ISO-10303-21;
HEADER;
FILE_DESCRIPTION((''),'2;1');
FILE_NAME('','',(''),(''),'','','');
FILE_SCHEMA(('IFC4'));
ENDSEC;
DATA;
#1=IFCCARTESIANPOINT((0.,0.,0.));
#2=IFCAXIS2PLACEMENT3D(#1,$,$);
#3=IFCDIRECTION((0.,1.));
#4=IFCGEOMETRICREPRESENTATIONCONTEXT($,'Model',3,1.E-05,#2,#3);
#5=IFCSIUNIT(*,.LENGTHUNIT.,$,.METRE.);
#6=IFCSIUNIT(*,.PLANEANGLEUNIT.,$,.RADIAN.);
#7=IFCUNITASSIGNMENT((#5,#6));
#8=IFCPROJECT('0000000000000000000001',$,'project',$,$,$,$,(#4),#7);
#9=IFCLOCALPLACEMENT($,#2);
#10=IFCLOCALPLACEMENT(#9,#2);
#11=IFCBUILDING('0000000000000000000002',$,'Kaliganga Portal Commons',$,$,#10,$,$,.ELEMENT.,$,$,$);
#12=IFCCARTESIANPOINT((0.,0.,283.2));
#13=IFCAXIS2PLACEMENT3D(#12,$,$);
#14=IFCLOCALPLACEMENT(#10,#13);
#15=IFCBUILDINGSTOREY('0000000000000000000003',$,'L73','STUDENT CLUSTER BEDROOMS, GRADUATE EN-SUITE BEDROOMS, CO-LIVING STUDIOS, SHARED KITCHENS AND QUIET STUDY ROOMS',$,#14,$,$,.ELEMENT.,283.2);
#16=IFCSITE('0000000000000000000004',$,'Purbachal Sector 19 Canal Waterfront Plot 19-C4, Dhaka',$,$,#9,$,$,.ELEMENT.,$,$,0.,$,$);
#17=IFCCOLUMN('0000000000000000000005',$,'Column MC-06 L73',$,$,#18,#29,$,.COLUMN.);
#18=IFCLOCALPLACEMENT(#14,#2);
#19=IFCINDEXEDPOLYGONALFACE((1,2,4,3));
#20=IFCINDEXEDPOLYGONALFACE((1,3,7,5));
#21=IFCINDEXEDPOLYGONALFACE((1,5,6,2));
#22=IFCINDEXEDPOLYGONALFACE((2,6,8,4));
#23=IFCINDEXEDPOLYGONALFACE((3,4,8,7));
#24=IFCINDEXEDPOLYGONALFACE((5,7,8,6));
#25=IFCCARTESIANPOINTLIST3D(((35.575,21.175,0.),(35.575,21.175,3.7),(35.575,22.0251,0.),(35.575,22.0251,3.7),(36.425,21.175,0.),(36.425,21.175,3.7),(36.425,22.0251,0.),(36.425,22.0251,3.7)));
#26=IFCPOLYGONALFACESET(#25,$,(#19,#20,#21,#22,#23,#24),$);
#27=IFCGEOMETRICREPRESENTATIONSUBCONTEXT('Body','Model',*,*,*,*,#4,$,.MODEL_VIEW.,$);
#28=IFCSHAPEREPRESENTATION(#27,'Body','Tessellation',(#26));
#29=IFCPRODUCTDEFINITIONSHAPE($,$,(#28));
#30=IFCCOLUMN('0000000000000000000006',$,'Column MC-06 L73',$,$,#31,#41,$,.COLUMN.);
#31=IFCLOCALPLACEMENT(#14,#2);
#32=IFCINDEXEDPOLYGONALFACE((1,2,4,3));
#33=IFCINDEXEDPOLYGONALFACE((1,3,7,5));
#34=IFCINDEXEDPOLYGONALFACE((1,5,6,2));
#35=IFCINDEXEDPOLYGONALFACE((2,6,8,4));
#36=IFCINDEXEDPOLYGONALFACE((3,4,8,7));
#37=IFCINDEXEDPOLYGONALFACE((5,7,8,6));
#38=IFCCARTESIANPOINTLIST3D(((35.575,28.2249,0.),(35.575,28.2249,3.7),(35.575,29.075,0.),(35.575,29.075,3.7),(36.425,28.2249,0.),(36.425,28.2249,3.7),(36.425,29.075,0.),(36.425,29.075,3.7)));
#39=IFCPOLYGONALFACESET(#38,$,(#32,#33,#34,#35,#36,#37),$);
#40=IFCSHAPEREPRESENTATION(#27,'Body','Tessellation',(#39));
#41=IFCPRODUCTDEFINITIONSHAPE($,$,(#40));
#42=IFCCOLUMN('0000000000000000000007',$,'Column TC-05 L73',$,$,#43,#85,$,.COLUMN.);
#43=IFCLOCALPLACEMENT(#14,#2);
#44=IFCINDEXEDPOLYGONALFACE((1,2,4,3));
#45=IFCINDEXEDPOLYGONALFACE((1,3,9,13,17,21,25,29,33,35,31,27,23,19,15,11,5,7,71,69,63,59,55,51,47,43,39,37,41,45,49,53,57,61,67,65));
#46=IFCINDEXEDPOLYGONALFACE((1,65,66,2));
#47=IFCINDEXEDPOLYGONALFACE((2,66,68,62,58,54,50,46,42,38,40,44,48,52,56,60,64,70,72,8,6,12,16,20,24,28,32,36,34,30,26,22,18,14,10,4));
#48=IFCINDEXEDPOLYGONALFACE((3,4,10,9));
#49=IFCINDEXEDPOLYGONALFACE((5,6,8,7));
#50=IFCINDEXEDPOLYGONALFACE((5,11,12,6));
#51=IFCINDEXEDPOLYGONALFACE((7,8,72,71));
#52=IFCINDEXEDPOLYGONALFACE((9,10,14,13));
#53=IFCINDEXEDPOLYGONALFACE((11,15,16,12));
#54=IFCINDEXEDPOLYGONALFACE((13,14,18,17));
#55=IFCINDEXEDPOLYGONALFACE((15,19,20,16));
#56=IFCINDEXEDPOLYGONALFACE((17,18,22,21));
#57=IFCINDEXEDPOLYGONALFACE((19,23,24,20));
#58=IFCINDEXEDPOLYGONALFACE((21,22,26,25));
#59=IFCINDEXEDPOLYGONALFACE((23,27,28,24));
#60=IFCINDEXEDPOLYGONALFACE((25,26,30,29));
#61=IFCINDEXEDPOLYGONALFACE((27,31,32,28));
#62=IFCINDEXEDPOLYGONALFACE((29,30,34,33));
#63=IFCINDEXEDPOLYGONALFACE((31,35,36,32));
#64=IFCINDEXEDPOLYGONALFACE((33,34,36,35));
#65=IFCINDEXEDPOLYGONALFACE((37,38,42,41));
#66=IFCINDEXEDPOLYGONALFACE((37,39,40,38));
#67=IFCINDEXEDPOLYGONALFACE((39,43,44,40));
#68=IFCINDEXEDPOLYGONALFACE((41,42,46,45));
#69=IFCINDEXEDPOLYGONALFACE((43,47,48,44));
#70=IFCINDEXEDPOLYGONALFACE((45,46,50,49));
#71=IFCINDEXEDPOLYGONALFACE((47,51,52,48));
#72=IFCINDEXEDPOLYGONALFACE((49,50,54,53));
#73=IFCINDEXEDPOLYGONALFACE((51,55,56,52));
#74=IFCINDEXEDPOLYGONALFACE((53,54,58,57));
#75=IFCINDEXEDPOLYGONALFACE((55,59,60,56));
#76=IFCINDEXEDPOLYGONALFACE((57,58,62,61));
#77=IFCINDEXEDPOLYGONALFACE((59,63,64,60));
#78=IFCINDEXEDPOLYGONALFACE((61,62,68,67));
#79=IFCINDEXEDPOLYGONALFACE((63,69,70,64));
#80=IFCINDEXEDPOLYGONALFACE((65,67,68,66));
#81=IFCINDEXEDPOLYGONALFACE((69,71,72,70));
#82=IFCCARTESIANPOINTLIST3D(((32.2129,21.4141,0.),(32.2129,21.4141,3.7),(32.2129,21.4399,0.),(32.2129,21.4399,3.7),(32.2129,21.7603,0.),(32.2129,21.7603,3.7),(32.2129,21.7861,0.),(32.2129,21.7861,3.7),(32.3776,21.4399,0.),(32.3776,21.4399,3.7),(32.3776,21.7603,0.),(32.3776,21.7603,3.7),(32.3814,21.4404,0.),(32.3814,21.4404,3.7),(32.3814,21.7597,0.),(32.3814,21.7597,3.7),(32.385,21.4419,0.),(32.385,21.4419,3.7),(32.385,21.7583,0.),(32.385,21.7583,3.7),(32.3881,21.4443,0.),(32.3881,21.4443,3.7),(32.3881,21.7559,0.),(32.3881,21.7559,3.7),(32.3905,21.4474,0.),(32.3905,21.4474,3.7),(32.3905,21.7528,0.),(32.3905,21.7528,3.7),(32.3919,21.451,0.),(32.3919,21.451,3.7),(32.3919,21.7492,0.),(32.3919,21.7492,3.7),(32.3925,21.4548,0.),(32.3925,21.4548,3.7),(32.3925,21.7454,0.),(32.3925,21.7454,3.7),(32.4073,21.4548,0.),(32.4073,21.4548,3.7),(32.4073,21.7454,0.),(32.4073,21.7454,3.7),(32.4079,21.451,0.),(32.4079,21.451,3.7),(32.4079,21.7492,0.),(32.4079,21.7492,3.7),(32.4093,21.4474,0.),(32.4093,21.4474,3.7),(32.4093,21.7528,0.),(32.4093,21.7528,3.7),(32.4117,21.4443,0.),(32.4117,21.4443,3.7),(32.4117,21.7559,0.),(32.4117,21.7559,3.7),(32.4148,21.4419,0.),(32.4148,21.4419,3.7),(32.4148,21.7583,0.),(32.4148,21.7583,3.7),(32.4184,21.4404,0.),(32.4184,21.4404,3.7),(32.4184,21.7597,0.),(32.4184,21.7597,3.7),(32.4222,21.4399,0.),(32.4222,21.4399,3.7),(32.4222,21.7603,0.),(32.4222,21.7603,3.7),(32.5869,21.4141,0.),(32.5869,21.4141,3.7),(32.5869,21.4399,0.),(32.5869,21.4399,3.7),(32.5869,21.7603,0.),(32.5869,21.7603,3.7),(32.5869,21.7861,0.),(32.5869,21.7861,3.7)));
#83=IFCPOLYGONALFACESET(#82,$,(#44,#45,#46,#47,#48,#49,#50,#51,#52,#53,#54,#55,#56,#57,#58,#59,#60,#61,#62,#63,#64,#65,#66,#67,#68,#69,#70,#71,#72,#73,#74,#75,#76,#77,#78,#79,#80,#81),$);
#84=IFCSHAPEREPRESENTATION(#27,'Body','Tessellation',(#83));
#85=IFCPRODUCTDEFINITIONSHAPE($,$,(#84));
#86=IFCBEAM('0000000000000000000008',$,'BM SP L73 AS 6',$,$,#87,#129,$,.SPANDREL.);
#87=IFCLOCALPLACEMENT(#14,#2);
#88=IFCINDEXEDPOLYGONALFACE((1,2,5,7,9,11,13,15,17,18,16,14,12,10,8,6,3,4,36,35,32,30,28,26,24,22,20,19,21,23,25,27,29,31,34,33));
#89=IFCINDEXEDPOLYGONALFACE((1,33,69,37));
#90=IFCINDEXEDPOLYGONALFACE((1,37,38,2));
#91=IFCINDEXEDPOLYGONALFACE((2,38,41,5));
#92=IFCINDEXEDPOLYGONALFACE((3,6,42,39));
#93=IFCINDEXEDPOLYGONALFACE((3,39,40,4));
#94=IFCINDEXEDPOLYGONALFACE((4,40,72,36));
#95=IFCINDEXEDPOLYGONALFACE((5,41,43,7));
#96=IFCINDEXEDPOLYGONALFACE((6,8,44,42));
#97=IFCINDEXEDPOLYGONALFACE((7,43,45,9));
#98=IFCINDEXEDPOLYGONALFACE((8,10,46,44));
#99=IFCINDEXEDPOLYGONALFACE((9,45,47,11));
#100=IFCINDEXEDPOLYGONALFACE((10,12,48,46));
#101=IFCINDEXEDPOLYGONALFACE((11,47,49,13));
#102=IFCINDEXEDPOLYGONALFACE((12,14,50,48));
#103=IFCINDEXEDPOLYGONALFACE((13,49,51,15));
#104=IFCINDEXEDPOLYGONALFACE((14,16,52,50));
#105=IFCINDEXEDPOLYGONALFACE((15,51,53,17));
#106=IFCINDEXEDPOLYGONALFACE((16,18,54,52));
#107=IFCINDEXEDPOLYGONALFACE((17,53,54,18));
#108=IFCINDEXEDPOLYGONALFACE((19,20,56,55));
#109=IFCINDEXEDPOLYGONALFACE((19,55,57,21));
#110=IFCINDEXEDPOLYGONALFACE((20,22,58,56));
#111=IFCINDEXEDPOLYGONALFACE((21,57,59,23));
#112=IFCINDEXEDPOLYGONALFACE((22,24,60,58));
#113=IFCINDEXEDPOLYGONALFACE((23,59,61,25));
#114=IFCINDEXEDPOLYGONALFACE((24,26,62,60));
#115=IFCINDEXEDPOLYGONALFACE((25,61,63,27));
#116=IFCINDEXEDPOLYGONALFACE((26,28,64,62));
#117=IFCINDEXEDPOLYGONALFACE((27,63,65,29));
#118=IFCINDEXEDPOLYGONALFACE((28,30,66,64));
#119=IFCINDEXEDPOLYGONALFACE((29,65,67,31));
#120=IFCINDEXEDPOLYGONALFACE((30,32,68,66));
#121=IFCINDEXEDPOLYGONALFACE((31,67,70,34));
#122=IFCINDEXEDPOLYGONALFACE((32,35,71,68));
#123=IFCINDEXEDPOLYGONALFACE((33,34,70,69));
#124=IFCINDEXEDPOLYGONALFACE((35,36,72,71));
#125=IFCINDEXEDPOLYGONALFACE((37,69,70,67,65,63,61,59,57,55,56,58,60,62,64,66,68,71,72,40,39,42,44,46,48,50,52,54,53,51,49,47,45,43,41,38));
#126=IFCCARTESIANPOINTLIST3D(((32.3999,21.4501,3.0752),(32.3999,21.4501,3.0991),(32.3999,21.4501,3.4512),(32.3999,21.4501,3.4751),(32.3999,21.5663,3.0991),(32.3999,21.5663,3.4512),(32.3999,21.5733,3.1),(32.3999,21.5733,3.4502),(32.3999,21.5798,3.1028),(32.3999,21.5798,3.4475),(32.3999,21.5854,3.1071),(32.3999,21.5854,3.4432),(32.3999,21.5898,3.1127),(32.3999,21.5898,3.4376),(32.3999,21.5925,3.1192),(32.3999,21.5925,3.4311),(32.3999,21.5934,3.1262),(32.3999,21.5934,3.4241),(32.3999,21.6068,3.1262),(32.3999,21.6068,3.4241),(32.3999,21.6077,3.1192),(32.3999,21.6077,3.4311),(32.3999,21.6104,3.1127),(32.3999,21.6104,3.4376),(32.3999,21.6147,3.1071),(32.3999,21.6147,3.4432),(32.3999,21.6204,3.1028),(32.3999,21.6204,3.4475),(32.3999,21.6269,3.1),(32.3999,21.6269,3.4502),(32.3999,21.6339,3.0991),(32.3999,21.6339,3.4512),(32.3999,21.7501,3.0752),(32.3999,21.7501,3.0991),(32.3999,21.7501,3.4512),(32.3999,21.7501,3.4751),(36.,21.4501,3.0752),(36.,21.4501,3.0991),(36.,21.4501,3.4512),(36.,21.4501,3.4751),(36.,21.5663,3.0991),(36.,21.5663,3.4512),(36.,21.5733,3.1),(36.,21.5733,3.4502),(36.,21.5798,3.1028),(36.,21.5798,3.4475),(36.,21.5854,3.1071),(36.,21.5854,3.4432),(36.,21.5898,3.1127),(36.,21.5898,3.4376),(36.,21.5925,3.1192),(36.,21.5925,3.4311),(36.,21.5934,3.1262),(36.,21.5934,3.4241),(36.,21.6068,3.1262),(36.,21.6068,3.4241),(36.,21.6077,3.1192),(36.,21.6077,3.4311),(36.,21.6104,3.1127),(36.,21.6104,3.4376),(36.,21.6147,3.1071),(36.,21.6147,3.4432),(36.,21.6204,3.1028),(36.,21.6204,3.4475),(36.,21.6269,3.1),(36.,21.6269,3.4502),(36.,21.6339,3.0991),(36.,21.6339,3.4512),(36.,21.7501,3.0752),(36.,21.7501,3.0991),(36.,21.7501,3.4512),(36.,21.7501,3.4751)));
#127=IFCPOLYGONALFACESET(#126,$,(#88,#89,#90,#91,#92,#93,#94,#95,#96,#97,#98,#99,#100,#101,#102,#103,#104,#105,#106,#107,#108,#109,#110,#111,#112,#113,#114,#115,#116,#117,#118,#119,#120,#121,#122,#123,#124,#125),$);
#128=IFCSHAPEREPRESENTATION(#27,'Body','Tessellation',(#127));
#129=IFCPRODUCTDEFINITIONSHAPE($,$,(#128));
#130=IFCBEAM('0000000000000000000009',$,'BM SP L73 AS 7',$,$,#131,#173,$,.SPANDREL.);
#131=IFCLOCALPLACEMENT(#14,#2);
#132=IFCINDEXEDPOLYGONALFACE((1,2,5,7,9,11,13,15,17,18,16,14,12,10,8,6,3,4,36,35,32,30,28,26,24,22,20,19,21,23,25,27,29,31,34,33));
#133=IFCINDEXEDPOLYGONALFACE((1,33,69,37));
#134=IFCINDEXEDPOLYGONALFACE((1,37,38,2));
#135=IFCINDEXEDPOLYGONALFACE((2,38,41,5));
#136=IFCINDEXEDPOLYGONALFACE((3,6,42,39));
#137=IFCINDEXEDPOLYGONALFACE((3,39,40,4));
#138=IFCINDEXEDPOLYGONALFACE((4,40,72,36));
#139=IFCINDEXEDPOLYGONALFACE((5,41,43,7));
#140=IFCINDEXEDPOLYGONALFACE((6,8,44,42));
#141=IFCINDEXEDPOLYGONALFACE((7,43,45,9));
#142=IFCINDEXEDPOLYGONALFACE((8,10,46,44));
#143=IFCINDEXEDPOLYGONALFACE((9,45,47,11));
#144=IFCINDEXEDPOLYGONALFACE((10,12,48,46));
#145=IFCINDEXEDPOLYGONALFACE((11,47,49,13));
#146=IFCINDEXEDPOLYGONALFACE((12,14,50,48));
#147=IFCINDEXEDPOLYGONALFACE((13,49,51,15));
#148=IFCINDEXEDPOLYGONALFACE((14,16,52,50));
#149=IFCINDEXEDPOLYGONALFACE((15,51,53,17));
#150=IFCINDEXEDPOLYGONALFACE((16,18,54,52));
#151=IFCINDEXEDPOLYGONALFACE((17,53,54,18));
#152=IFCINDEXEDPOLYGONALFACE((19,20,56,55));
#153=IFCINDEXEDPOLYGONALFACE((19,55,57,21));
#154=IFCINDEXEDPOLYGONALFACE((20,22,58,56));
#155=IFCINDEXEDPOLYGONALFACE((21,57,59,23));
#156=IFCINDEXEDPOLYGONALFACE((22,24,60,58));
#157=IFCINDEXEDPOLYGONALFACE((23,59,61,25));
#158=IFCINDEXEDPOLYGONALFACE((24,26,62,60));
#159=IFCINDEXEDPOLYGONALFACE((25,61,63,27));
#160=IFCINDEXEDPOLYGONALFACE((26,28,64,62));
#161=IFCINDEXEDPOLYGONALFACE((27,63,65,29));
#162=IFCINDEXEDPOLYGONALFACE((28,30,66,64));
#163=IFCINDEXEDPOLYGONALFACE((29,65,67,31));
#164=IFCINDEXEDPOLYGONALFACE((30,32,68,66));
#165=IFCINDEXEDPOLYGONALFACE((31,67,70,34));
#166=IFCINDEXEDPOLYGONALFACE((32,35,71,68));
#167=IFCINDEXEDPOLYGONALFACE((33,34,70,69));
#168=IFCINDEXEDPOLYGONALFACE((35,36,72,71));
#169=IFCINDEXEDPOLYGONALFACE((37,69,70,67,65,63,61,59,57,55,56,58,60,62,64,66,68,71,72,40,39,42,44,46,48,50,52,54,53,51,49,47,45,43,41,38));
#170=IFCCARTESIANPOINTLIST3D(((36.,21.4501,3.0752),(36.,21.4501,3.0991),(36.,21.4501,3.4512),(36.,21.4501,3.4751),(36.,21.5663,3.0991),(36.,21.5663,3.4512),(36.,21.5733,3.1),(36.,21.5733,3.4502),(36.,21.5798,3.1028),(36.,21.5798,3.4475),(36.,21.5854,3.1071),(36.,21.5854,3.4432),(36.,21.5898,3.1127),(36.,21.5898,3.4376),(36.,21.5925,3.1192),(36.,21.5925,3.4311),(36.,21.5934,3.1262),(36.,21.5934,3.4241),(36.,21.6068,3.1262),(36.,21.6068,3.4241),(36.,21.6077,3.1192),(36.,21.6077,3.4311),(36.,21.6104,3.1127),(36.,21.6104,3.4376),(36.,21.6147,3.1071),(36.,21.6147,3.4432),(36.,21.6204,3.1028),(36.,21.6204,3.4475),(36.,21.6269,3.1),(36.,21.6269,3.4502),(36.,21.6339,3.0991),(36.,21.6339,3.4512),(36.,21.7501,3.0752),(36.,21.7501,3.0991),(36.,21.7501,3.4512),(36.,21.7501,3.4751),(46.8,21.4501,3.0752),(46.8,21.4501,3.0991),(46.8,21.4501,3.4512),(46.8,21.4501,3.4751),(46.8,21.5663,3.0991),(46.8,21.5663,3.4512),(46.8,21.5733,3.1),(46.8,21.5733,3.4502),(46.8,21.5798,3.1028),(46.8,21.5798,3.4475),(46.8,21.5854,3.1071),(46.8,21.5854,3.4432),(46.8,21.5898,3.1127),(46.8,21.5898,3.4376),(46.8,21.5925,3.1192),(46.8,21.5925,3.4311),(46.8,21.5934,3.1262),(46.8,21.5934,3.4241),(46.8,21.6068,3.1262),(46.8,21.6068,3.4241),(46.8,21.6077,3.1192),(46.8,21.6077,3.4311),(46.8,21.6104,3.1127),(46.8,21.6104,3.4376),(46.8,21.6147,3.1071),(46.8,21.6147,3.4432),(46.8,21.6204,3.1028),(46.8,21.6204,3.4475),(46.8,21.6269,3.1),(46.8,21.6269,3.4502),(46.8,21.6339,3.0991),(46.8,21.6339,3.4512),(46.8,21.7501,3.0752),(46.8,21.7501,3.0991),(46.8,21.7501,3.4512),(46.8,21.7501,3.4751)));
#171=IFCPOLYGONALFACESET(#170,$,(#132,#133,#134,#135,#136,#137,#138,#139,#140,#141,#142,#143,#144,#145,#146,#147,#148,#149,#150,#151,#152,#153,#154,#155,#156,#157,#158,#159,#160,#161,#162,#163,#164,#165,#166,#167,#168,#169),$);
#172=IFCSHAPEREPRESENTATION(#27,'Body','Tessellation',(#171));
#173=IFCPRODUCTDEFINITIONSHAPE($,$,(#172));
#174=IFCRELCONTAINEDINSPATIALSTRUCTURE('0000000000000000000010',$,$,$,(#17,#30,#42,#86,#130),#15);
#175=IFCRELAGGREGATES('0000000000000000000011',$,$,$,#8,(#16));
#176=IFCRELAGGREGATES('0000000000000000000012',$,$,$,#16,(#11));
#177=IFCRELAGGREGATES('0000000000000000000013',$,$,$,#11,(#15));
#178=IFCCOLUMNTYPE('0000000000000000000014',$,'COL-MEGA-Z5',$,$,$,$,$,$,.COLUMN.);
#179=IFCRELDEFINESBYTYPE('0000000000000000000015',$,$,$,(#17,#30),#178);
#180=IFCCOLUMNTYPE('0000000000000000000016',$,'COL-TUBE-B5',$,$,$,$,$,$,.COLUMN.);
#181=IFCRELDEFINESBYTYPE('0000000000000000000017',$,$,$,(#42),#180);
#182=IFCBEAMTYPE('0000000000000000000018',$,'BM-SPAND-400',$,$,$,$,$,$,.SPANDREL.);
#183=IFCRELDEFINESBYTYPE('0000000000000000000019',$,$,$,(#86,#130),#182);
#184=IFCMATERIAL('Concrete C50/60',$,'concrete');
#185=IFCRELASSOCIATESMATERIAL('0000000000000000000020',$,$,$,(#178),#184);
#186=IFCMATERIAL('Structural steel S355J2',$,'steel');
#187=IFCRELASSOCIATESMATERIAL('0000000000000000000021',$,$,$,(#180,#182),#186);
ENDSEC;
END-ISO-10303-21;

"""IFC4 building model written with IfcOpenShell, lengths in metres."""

from ifc_helpers import new_model, si_unit, direction, frame, origin, origin_2d, place, context, subcontext, project, spatial, rectangle, i_section, extrude, source, transform, mapped, material, material_profile, profile_set, type_object, element, save


model = new_model("IFC4")

# Units and contexts
model_context = context("Model", 3, precision=1e-05, world=origin(), true_north=direction((0.0, 1.0)))
body_context = subcontext(model_context, "Body", "Model", "MODEL_VIEW")
ifc_project = project(units=[si_unit("LENGTHUNIT", "METRE"), si_unit("PLANEANGLEUNIT", "RADIAN")], contexts=[model_context])

# Site, building, storey
site_placement = place(None, origin())
site = spatial("IfcSite", under=ifc_project, at=site_placement, Name="Purbachal Sector 19 Canal Waterfront Plot 19-C4, Dhaka", CompositionType="ELEMENT", RefElevation=0.0)
building_placement = place(site_placement, origin())
building = spatial("IfcBuilding", under=site, at=building_placement, Name="Kaliganga Portal Commons", CompositionType="ELEMENT")
storey_placement = place(building_placement, frame((0.0, 0.0, 283.2)))
storey = spatial("IfcBuildingStorey", under=building, at=storey_placement, Name="L73", Description="STUDENT CLUSTER BEDROOMS, GRADUATE EN-SUITE BEDROOMS, CO-LIVING STUDIOS, SHARED KITCHENS AND QUIET STUDY ROOMS", CompositionType="ELEMENT", Elevation=283.2)

# Columns
ifc_material_1 = material(Name="Concrete C50/60", Category="concrete")
ifc_material_profile_1 = material_profile(ifc_material_1, rectangle(XDim=0.8501, YDim=0.8501, at=origin_2d()), Name="RC 850x850")
ifc_profile_set_1 = profile_set([ifc_material_profile_1], Name="Concrete C50/60")
column_type_1 = type_object("IfcColumnType", Name="COL-MEGA-Z5", PredefinedType="COLUMN", material=ifc_profile_set_1)
shared_shape_1 = source(origin(), body_context, "Body", "SweptSolid", [
    extrude(rectangle(XDim=0.8501, YDim=0.8501, at=origin_2d()), origin(), (0.0, 0.0, 1.0), 3.7),
])
for number, where, z_axis, x_axis, name in (
    (1, (36.0, 21.6001, 0.0), (0.0, 0.0, 1.0), (1.0, 0.0, 0.0), "Column MC-06 L73"),
    (2, (36.0, 28.6499, 0.0), (0.0, 0.0, 1.0), (1.0, 0.0, 0.0), "Column MC-06 L73"),
):
    element("IfcColumn", number, at=place(storey_placement, frame(where, z_axis=z_axis, x_axis=x_axis)), inside=storey, type_object=column_type_1, Name=name, PredefinedType="COLUMN", context=body_context, shape_type="MappedRepresentation", body=[
        mapped(shared_shape_1, transform((0.0, 0.0, 0.0), x_axis=(1.0, 0.0, 0.0), y_axis=(0.0, 1.0, 0.0), z_axis=(0.0, 0.0, 1.0), scale=1.0)),
    ])
ifc_material_2 = material(Name="Structural steel S355J2", Category="steel")
ifc_material_profile_2 = material_profile(ifc_material_2, i_section(OverallWidth=0.374, OverallDepth=0.3721, WebThickness=0.0149, FlangeThickness=0.0259, FilletRadius=0.0149, at=origin_2d()), Name="HD 360x196")
ifc_profile_set_2 = profile_set([ifc_material_profile_2], Name="Structural steel S355J2 wide-flange")
column_type_2 = type_object("IfcColumnType", Name="COL-TUBE-B5", PredefinedType="COLUMN", material=ifc_profile_set_2)
shared_shape_2 = source(origin(), body_context, "Body", "SweptSolid", [
    extrude(i_section(OverallWidth=0.374, OverallDepth=0.3721, WebThickness=0.0149, FlangeThickness=0.0259, FilletRadius=0.0149, at=origin_2d()), origin(), (0.0, 0.0, 1.0), 3.7),
])
column_placement = place(storey_placement, frame((32.3999, 21.6001, 0.0), z_axis=(0.0, 0.0, 1.0), x_axis=(1.0, 0.0, 0.0)))
element("IfcColumn", 3, at=column_placement, inside=storey, type_object=column_type_2, Name="Column TC-05 L73", PredefinedType="COLUMN", context=body_context, shape_type="MappedRepresentation", body=[
    mapped(shared_shape_2, transform((0.0, 0.0, 0.0), x_axis=(1.0, 0.0, 0.0), y_axis=(0.0, 1.0, 0.0), z_axis=(0.0, 0.0, 1.0), scale=1.0)),
])

# Beams
ifc_material_profile_3 = material_profile(ifc_material_2, i_section(OverallWidth=0.3, OverallDepth=0.3999, WebThickness=0.0134, FlangeThickness=0.0239, FilletRadius=0.0271, at=origin_2d()), Name="HE 400 B")
ifc_profile_set_3 = profile_set([ifc_material_profile_3], Name="Structural steel S355J2 wide-flange")
beam_type_1 = type_object("IfcBeamType", Name="BM-SPAND-400", PredefinedType="SPANDREL", material=ifc_profile_set_3)
shared_shape_3 = source(origin(), body_context, "Body", "SweptSolid", [
    extrude(i_section(OverallWidth=0.3, OverallDepth=0.3999, WebThickness=0.0134, FlangeThickness=0.0239, FilletRadius=0.0271, at=origin_2d()), origin(), (0.0, 0.0, 1.0), 3.6001),
])
beam_1_placement = place(storey_placement, frame((32.3999, 21.6001, 3.2751), z_axis=(1.0, 0.0, 0.0), x_axis=(0.0, 1.0, 0.0)))
element("IfcBeam", 4, at=beam_1_placement, inside=storey, type_object=beam_type_1, Name="BM SP L73 AS 6", PredefinedType="SPANDREL", context=body_context, shape_type="MappedRepresentation", body=[
    mapped(shared_shape_3, transform((0.0, 0.0, 0.0), x_axis=(1.0, 0.0, 0.0), y_axis=(0.0, 1.0, 0.0), z_axis=(0.0, 0.0, 1.0), scale=1.0)),
])
shared_shape_4 = source(origin(), body_context, "Body", "SweptSolid", [
    extrude(i_section(OverallWidth=0.3, OverallDepth=0.3999, WebThickness=0.0134, FlangeThickness=0.0239, FilletRadius=0.0271, at=origin_2d()), origin(), (0.0, 0.0, 1.0), 10.8),
])
beam_2_placement = place(storey_placement, frame((36.0, 21.6001, 3.2751), z_axis=(1.0, 0.0, 0.0), x_axis=(0.0, 1.0, 0.0)))
element("IfcBeam", 5, at=beam_2_placement, inside=storey, type_object=beam_type_1, Name="BM SP L73 AS 7", PredefinedType="SPANDREL", context=body_context, shape_type="MappedRepresentation", body=[
    mapped(shared_shape_4, transform((0.0, 0.0, 0.0), x_axis=(1.0, 0.0, 0.0), y_axis=(0.0, 1.0, 0.0), z_axis=(0.0, 0.0, 1.0), scale=1.0)),
])

save(model, "model.ifc")
